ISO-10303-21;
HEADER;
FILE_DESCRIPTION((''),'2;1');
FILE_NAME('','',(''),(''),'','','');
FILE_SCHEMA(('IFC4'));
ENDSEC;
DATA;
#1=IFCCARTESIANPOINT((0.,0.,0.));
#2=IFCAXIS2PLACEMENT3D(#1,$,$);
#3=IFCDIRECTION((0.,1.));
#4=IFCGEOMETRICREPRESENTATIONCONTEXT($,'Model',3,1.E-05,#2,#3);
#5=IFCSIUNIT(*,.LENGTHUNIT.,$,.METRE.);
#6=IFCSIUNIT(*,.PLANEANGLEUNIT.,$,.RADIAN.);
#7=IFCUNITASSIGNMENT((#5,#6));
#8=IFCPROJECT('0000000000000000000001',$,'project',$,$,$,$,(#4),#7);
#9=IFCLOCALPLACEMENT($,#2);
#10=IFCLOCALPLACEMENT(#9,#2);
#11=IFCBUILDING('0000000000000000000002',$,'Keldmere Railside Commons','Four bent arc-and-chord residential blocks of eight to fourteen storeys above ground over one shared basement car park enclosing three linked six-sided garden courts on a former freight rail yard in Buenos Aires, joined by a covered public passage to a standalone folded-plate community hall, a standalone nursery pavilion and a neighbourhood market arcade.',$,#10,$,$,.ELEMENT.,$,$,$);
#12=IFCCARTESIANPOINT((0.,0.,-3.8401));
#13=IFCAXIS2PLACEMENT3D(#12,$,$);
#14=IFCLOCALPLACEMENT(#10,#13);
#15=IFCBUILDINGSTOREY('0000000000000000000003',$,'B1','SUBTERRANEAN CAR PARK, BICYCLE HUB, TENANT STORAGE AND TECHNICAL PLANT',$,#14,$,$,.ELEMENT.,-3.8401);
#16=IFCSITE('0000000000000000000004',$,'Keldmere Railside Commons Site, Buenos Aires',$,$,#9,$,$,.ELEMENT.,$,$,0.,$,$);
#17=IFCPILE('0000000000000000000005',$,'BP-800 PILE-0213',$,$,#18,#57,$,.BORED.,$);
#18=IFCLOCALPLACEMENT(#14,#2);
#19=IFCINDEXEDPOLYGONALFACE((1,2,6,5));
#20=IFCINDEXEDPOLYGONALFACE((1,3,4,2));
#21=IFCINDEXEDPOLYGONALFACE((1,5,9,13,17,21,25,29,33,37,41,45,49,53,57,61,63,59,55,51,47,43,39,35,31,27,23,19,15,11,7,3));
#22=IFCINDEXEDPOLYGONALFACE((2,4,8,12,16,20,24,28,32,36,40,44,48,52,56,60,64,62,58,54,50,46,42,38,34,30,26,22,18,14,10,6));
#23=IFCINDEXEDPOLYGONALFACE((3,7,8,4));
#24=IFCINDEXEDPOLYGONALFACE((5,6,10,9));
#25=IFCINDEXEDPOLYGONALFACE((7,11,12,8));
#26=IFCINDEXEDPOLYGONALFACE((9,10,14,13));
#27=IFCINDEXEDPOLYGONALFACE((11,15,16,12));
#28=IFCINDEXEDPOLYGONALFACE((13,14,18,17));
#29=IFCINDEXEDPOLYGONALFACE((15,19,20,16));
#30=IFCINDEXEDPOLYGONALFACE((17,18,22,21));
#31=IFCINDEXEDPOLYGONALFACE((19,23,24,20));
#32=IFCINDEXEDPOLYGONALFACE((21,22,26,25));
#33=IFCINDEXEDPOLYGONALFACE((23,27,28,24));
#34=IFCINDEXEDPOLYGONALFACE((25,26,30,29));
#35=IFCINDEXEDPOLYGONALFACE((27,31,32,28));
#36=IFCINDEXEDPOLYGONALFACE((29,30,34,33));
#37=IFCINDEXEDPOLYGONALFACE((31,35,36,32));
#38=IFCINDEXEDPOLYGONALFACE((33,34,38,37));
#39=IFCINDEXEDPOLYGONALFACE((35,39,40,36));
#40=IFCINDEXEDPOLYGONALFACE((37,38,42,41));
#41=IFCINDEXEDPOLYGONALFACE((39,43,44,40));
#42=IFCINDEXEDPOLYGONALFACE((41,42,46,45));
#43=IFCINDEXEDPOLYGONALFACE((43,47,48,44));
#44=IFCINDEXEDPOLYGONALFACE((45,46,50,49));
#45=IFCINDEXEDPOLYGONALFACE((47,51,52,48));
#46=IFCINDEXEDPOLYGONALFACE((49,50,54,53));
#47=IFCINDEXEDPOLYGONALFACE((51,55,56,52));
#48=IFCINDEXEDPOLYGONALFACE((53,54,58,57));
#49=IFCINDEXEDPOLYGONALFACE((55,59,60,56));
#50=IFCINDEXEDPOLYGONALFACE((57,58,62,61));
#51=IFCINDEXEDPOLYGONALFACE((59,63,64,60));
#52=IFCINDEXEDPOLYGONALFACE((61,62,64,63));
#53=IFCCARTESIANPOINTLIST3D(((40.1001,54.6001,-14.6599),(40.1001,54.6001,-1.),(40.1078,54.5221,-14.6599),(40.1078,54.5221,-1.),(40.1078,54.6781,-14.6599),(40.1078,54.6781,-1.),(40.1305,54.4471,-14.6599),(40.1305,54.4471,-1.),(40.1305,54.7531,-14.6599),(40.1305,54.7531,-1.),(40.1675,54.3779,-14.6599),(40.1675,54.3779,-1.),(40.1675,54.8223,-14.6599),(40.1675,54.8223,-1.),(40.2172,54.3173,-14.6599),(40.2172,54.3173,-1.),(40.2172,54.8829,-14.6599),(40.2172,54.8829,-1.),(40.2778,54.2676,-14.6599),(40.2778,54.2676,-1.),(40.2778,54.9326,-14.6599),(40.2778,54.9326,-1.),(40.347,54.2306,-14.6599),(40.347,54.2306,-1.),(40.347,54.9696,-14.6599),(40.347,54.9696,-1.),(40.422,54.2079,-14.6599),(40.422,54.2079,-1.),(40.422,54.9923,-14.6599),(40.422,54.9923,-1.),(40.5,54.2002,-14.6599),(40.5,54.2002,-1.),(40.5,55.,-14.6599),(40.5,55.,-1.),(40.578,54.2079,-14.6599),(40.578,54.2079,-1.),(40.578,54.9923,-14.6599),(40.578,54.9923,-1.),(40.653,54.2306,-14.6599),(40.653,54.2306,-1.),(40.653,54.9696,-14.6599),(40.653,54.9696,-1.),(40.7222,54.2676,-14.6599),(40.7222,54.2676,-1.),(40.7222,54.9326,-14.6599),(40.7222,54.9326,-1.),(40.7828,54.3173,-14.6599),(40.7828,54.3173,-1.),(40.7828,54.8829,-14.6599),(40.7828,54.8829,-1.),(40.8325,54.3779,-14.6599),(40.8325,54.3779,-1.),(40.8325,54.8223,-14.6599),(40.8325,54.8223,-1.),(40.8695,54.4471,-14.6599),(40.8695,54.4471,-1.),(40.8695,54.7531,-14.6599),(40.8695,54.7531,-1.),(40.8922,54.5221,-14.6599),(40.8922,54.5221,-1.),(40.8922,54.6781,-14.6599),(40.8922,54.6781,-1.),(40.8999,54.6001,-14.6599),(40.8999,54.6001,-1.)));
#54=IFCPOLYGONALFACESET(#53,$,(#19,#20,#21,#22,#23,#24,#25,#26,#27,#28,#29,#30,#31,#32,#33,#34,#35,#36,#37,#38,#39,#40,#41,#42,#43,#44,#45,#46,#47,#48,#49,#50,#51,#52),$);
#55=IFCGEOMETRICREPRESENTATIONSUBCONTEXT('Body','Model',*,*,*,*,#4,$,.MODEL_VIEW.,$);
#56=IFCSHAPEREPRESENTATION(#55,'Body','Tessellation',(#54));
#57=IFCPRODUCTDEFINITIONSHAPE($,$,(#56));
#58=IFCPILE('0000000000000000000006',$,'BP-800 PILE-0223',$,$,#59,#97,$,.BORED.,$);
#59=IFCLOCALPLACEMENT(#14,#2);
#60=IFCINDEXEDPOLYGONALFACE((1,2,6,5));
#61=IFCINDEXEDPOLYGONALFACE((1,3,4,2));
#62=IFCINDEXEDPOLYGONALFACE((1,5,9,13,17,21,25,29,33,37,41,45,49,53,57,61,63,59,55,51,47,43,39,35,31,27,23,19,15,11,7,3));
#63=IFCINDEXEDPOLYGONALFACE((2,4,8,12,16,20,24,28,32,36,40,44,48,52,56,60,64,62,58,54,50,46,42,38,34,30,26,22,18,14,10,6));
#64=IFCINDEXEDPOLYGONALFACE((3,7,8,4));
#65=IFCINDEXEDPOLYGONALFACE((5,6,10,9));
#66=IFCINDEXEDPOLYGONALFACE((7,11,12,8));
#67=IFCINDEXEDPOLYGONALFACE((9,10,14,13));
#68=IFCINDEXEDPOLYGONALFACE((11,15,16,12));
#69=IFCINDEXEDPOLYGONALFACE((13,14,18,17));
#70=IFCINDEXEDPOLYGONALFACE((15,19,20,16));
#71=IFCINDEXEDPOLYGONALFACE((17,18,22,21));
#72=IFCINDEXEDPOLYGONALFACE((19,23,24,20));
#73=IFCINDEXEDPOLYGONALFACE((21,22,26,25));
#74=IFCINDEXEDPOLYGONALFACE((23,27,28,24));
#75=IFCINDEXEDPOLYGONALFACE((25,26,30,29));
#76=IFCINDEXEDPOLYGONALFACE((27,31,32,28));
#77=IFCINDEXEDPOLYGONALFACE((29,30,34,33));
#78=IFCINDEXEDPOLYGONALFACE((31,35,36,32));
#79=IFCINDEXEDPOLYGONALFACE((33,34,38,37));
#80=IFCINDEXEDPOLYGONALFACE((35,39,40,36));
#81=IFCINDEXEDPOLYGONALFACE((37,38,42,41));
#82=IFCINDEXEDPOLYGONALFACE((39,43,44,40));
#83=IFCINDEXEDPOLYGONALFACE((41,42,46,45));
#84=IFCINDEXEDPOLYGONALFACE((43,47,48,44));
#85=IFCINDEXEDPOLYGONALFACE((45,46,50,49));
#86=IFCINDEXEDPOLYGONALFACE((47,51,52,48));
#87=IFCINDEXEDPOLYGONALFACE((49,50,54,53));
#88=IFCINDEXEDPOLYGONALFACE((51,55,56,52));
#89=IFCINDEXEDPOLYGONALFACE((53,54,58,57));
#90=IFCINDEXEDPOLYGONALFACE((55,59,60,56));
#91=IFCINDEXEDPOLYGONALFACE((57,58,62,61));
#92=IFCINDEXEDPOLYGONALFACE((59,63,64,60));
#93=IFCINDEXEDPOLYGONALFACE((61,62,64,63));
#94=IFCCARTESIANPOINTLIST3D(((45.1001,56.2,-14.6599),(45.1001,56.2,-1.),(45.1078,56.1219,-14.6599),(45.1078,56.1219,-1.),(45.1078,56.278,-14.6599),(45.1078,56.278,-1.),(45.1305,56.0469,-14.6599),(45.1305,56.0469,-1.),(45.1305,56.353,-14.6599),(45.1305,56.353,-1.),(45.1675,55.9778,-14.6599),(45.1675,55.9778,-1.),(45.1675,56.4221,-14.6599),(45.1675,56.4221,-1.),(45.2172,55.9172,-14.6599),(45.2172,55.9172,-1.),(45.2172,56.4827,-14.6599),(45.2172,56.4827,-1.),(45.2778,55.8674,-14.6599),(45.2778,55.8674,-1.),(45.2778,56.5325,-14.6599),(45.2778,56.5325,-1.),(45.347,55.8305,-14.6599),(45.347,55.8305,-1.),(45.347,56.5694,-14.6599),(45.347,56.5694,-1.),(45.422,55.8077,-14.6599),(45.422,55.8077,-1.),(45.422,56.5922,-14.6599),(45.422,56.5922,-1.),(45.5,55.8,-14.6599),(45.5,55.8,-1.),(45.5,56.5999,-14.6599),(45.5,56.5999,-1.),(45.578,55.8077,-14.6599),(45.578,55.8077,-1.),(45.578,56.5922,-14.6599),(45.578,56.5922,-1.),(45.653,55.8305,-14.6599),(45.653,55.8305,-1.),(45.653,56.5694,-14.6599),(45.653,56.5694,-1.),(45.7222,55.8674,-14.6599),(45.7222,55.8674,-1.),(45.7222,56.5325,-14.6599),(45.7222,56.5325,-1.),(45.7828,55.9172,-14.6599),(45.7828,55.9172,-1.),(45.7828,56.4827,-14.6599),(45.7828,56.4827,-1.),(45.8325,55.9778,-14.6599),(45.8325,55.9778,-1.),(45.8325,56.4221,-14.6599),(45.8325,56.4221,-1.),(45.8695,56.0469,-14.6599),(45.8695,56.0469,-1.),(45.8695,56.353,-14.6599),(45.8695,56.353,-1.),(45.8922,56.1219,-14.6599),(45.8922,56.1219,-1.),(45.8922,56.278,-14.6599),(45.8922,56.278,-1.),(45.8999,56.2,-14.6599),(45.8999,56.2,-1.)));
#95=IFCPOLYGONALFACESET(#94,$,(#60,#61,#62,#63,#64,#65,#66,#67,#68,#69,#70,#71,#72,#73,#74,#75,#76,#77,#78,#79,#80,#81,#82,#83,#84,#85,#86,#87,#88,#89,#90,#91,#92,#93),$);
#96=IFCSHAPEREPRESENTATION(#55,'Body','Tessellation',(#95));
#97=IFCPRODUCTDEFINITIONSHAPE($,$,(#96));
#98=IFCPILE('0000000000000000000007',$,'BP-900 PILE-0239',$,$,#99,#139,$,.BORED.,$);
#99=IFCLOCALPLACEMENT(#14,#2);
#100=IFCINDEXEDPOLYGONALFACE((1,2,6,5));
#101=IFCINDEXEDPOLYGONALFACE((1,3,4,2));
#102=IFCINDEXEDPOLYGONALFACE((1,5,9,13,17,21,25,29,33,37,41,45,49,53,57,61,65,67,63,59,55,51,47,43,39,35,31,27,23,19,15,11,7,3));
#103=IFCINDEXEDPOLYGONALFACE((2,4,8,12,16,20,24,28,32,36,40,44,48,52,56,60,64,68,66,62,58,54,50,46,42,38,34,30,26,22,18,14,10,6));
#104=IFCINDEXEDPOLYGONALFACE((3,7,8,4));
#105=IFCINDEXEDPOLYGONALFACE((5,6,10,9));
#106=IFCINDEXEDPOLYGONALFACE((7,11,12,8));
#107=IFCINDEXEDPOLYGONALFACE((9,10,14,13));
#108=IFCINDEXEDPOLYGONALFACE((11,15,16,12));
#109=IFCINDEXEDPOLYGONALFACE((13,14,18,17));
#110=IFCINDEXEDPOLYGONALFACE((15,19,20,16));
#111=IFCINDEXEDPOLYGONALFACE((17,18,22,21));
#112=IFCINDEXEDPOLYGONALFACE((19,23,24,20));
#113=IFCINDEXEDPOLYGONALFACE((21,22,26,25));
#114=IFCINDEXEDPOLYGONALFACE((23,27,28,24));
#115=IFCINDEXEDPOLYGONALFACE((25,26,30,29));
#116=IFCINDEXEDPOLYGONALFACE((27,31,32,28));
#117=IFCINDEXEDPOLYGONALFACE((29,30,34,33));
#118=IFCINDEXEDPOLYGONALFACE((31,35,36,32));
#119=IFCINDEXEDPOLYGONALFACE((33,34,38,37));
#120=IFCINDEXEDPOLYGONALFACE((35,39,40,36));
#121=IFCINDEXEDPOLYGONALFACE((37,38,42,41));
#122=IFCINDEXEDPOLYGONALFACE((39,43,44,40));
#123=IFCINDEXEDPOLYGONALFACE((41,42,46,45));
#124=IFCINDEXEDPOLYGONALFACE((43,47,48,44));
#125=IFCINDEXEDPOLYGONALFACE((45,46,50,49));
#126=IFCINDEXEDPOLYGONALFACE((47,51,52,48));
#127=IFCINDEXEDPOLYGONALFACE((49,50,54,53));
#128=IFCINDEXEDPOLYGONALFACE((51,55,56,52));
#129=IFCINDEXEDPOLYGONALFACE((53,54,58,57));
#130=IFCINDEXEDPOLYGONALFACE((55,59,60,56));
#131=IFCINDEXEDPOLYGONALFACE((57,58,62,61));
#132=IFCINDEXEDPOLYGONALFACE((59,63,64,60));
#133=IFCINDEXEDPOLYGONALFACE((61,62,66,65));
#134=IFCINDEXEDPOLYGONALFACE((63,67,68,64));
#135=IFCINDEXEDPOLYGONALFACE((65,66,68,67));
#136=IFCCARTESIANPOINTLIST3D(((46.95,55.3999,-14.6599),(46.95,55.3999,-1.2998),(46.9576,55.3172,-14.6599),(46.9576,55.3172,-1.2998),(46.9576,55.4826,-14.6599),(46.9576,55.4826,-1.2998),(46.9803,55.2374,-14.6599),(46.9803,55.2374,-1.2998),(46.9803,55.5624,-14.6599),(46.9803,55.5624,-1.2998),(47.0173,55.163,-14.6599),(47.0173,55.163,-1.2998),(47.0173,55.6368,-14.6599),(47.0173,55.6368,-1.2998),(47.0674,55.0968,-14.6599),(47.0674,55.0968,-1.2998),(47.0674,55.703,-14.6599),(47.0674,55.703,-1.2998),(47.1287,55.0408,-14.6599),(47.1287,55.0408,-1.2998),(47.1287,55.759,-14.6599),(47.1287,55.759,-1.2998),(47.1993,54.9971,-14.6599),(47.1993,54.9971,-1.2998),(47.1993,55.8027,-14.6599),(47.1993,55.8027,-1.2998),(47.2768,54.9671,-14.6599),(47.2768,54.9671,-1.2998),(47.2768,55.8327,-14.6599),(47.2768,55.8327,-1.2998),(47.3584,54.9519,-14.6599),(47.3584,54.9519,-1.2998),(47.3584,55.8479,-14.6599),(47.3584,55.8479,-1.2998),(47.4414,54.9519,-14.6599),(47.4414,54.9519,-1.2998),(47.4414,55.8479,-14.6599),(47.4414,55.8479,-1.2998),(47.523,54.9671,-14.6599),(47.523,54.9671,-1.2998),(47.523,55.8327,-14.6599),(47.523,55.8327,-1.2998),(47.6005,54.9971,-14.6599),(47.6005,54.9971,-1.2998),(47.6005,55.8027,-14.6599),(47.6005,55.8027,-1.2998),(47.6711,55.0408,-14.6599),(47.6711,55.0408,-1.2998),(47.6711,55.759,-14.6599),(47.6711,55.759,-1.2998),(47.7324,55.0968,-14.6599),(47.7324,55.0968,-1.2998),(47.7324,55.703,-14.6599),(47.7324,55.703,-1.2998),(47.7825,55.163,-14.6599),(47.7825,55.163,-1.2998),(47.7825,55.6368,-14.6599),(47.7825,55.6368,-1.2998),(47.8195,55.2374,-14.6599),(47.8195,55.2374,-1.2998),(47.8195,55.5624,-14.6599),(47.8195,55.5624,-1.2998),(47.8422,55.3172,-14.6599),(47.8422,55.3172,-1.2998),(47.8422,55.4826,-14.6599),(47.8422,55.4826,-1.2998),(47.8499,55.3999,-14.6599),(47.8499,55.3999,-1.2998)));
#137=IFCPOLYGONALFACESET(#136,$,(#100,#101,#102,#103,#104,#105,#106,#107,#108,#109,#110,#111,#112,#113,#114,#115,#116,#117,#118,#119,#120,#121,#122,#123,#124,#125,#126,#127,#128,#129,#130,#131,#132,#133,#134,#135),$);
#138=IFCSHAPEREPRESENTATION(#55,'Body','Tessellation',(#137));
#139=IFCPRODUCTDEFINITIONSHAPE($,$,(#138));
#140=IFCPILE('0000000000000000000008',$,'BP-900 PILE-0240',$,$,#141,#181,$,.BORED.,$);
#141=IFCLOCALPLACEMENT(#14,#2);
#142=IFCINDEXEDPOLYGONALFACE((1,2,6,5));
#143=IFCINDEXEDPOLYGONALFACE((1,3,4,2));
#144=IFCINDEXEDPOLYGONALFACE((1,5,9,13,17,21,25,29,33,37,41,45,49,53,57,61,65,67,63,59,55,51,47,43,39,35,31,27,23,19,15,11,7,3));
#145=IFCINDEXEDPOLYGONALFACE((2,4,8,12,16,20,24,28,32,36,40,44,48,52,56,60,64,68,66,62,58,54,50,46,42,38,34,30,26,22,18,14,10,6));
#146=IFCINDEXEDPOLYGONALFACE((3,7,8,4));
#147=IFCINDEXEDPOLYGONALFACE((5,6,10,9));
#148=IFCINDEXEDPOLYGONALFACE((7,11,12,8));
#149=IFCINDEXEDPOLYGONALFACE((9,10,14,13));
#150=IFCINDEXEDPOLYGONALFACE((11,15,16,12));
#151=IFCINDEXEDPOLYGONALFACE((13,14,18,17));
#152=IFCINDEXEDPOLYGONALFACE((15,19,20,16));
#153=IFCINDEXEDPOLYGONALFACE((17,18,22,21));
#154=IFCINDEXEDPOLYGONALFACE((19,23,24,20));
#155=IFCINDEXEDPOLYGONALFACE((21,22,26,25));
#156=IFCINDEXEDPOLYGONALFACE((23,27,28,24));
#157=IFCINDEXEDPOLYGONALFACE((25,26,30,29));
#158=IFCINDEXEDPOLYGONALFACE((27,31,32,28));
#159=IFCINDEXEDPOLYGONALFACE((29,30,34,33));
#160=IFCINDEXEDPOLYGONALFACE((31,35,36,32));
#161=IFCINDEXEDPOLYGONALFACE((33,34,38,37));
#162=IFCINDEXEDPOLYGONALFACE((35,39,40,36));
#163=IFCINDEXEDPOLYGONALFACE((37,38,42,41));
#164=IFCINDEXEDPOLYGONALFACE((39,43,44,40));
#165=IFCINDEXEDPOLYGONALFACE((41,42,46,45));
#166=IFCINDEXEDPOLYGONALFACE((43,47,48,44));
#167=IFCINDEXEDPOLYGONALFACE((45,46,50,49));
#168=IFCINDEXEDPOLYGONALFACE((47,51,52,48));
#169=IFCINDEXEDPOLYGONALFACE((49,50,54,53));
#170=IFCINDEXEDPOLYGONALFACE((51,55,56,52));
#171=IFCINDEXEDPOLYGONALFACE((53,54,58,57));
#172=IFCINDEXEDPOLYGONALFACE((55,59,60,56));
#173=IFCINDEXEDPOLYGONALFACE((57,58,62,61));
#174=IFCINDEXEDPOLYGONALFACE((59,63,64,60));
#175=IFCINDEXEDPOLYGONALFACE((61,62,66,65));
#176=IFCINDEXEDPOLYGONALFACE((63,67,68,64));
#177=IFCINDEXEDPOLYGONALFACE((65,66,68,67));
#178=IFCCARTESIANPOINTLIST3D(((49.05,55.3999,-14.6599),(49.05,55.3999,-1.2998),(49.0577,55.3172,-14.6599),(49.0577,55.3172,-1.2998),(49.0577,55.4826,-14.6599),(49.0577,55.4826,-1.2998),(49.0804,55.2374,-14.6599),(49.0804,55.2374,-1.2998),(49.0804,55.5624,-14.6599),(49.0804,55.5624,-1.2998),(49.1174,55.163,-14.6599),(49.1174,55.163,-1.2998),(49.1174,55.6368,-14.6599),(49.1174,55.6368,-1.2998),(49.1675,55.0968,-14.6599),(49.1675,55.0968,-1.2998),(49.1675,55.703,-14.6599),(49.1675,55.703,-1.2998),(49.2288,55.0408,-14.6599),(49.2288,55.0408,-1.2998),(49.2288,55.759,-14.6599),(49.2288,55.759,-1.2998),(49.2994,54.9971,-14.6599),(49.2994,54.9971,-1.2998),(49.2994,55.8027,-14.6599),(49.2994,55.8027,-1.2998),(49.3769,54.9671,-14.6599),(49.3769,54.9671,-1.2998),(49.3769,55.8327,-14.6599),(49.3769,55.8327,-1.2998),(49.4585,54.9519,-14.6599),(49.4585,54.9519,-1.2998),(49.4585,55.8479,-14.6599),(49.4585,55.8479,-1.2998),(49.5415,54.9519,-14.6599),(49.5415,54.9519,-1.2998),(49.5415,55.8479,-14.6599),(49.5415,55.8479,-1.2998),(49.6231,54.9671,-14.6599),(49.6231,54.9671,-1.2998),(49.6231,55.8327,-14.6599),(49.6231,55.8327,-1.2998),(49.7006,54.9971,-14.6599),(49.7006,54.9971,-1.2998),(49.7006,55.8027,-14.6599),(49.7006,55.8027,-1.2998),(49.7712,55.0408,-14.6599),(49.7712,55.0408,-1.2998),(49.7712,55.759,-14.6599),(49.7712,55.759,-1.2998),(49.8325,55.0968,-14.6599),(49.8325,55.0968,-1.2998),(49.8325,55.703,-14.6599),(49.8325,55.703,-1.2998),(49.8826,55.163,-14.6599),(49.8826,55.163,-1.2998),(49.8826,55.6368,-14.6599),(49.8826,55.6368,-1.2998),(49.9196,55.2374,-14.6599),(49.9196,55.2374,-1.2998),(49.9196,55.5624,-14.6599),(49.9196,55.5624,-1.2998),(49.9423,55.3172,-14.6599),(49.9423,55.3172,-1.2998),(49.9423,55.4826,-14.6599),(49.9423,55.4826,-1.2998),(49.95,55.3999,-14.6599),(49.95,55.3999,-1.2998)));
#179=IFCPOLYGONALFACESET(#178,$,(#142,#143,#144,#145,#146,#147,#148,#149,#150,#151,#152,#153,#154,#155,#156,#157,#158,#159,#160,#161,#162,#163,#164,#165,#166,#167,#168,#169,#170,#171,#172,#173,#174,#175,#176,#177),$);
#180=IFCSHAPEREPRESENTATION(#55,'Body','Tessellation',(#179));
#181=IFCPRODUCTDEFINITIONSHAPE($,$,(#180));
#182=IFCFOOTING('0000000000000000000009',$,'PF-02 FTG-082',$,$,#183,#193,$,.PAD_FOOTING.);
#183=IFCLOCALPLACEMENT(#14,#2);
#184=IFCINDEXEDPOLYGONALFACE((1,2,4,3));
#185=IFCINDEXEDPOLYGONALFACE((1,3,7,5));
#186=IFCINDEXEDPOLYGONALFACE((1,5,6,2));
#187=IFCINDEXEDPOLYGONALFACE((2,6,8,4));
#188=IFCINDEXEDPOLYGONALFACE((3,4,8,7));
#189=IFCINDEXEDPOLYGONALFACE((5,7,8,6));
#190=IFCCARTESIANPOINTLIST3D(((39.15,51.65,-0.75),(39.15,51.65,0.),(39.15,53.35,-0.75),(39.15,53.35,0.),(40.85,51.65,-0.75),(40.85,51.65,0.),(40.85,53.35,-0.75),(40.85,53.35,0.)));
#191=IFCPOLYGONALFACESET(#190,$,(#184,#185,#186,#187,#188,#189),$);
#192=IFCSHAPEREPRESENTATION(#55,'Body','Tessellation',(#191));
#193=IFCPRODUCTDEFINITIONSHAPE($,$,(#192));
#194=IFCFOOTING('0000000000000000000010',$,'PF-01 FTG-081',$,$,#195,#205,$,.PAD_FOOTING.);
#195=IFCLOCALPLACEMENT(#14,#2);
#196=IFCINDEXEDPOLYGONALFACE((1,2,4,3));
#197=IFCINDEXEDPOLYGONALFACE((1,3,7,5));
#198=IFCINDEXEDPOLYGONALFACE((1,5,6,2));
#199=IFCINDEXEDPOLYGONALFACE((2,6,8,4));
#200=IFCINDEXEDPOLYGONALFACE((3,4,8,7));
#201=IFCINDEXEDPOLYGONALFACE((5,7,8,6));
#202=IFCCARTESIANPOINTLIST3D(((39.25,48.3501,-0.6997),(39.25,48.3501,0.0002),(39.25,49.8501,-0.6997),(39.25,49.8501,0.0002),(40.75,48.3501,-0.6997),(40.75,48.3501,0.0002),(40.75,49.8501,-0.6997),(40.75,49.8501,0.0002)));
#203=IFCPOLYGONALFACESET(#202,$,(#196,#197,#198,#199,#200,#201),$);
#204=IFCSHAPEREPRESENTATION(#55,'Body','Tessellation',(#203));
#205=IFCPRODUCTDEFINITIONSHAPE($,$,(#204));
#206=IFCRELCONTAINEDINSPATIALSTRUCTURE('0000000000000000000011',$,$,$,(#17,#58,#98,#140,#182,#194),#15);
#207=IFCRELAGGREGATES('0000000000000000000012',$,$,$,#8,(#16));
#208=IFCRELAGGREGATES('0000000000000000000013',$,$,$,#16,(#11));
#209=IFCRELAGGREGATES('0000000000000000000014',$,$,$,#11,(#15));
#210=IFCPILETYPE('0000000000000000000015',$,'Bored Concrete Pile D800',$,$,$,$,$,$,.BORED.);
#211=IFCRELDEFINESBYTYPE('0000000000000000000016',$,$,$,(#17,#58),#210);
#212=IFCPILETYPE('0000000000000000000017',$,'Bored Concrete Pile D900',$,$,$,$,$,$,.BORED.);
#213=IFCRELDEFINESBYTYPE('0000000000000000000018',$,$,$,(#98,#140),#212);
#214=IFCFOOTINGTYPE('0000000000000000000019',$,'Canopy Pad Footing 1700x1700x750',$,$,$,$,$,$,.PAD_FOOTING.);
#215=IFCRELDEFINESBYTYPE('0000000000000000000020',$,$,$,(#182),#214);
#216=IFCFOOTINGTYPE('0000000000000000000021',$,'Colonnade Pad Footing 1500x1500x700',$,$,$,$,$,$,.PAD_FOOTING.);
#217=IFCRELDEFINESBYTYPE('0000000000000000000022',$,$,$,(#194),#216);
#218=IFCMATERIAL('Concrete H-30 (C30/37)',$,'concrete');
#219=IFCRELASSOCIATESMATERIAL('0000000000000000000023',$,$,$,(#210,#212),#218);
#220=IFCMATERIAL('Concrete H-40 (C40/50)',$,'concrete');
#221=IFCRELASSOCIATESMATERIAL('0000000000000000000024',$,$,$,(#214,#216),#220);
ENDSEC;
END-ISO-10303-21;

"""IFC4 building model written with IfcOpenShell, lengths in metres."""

from ifc_helpers import new_model, si_unit, direction, frame, origin, origin_2d, place, context, subcontext, project, spatial, rectangle, circle, extrude, material, material_profile, profile_set, type_object, element, save


model = new_model("IFC4")

# Units and contexts
model_context = context("Model", 3, precision=1e-05, world=origin(), true_north=direction((0.0, 1.0)))
body_context = subcontext(model_context, "Body", "Model", "MODEL_VIEW")
ifc_project = project(units=[si_unit("LENGTHUNIT", "METRE"), si_unit("PLANEANGLEUNIT", "RADIAN")], contexts=[model_context])

# Site, building, storey
site_placement = place(None, origin())
site = spatial("IfcSite", under=ifc_project, at=site_placement, Name="Keldmere Railside Commons Site, Buenos Aires", CompositionType="ELEMENT", RefElevation=0.0)
building_placement = place(site_placement, origin())
building = spatial("IfcBuilding", under=site, at=building_placement, Name="Keldmere Railside Commons", Description="Four bent arc-and-chord residential blocks of eight to fourteen storeys above ground over one shared basement car park enclosing three linked six-sided garden courts on a former freight rail yard in Buenos Aires, joined by a covered public passage to a standalone folded-plate community hall, a standalone nursery pavilion and a neighbourhood market arcade.", CompositionType="ELEMENT")
storey_placement = place(building_placement, frame((0.0, 0.0, -3.8401)))
storey = spatial("IfcBuildingStorey", under=building, at=storey_placement, Name="B1", Description="SUBTERRANEAN CAR PARK, BICYCLE HUB, TENANT STORAGE AND TECHNICAL PLANT", CompositionType="ELEMENT", Elevation=-3.8401)

# Piles
ifc_material_1 = material(Name="Concrete H-30 (C30/37)", Category="concrete")
ifc_material_profile_1 = material_profile(ifc_material_1, circle(Radius=0.3999, at=origin_2d()), Name="PILE-D800")
ifc_profile_set_1 = profile_set([ifc_material_profile_1], Name="Concrete H-30 (C30/37)")
pile_type_1 = type_object("IfcPileType", Name="Bored Concrete Pile D800", PredefinedType="BORED", material=ifc_profile_set_1)
for number, where, z_axis, x_axis, name in (
    (1, (40.5, 54.6001, -1.0), (0.0, 0.0, -1.0), (1.0, 0.0, 0.0), "BP-800 PILE-0213"),
    (2, (45.5, 56.2, -1.0), (0.0, 0.0, -1.0), (1.0, 0.0, 0.0), "BP-800 PILE-0223"),
):
    element("IfcPile", number, at=place(storey_placement, frame(where, z_axis=z_axis, x_axis=x_axis)), inside=storey, type_object=pile_type_1, Name=name, PredefinedType="BORED", context=body_context, shape_type="SweptSolid", body=[
        extrude(circle(Radius=0.3999, at=origin_2d()), origin(), (0.0, 0.0, 1.0), 13.6599),
    ])
ifc_material_profile_2 = material_profile(ifc_material_1, circle(Radius=0.45, at=origin_2d()), Name="PILE-D900")
ifc_profile_set_2 = profile_set([ifc_material_profile_2], Name="Concrete H-30 (C30/37)")
pile_type_2 = type_object("IfcPileType", Name="Bored Concrete Pile D900", PredefinedType="BORED", material=ifc_profile_set_2)
for number, where, z_axis, x_axis, name in (
    (3, (47.3999, 55.3999, -1.2998), (0.0, 0.0, -1.0), (1.0, 0.0, 0.0), "BP-900 PILE-0239"),
    (4, (49.5, 55.3999, -1.2998), (0.0, 0.0, -1.0), (1.0, 0.0, 0.0), "BP-900 PILE-0240"),
):
    element("IfcPile", number, at=place(storey_placement, frame(where, z_axis=z_axis, x_axis=x_axis)), inside=storey, type_object=pile_type_2, Name=name, PredefinedType="BORED", context=body_context, shape_type="SweptSolid", body=[
        extrude(circle(Radius=0.45, at=origin_2d()), origin(), (0.0, 0.0, 1.0), 13.3601),
    ])

# Footings
ifc_material_2 = material(Name="Concrete H-40 (C40/50)", Category="concrete")
footing_type_1 = type_object("IfcFootingType", Name="Canopy Pad Footing 1700x1700x750", PredefinedType="PAD_FOOTING", material=ifc_material_2)
footing_1_placement = place(storey_placement, frame((40.0, 52.5, -0.75), z_axis=(0.0, 0.0, 1.0), x_axis=(1.0, 0.0, 0.0)))
element("IfcFooting", 5, at=footing_1_placement, inside=storey, type_object=footing_type_1, Name="PF-02 FTG-082", PredefinedType="PAD_FOOTING", context=body_context, shape_type="SweptSolid", body=[
    extrude(rectangle(XDim=1.7, YDim=1.7, at=origin_2d()), origin(), (0.0, 0.0, 1.0), 0.75),
])
footing_type_2 = type_object("IfcFootingType", Name="Colonnade Pad Footing 1500x1500x700", PredefinedType="PAD_FOOTING", material=ifc_material_2)
footing_2_placement = place(storey_placement, frame((40.0, 49.1001, -0.6997), z_axis=(0.0, 0.0, 1.0), x_axis=(1.0, 0.0, 0.0)))
element("IfcFooting", 6, at=footing_2_placement, inside=storey, type_object=footing_type_2, Name="PF-01 FTG-081", PredefinedType="PAD_FOOTING", context=body_context, shape_type="SweptSolid", body=[
    extrude(rectangle(XDim=1.5, YDim=1.5, at=origin_2d()), origin(), (0.0, 0.0, 1.0), 0.7),
])

save(model, "model.ifc")
